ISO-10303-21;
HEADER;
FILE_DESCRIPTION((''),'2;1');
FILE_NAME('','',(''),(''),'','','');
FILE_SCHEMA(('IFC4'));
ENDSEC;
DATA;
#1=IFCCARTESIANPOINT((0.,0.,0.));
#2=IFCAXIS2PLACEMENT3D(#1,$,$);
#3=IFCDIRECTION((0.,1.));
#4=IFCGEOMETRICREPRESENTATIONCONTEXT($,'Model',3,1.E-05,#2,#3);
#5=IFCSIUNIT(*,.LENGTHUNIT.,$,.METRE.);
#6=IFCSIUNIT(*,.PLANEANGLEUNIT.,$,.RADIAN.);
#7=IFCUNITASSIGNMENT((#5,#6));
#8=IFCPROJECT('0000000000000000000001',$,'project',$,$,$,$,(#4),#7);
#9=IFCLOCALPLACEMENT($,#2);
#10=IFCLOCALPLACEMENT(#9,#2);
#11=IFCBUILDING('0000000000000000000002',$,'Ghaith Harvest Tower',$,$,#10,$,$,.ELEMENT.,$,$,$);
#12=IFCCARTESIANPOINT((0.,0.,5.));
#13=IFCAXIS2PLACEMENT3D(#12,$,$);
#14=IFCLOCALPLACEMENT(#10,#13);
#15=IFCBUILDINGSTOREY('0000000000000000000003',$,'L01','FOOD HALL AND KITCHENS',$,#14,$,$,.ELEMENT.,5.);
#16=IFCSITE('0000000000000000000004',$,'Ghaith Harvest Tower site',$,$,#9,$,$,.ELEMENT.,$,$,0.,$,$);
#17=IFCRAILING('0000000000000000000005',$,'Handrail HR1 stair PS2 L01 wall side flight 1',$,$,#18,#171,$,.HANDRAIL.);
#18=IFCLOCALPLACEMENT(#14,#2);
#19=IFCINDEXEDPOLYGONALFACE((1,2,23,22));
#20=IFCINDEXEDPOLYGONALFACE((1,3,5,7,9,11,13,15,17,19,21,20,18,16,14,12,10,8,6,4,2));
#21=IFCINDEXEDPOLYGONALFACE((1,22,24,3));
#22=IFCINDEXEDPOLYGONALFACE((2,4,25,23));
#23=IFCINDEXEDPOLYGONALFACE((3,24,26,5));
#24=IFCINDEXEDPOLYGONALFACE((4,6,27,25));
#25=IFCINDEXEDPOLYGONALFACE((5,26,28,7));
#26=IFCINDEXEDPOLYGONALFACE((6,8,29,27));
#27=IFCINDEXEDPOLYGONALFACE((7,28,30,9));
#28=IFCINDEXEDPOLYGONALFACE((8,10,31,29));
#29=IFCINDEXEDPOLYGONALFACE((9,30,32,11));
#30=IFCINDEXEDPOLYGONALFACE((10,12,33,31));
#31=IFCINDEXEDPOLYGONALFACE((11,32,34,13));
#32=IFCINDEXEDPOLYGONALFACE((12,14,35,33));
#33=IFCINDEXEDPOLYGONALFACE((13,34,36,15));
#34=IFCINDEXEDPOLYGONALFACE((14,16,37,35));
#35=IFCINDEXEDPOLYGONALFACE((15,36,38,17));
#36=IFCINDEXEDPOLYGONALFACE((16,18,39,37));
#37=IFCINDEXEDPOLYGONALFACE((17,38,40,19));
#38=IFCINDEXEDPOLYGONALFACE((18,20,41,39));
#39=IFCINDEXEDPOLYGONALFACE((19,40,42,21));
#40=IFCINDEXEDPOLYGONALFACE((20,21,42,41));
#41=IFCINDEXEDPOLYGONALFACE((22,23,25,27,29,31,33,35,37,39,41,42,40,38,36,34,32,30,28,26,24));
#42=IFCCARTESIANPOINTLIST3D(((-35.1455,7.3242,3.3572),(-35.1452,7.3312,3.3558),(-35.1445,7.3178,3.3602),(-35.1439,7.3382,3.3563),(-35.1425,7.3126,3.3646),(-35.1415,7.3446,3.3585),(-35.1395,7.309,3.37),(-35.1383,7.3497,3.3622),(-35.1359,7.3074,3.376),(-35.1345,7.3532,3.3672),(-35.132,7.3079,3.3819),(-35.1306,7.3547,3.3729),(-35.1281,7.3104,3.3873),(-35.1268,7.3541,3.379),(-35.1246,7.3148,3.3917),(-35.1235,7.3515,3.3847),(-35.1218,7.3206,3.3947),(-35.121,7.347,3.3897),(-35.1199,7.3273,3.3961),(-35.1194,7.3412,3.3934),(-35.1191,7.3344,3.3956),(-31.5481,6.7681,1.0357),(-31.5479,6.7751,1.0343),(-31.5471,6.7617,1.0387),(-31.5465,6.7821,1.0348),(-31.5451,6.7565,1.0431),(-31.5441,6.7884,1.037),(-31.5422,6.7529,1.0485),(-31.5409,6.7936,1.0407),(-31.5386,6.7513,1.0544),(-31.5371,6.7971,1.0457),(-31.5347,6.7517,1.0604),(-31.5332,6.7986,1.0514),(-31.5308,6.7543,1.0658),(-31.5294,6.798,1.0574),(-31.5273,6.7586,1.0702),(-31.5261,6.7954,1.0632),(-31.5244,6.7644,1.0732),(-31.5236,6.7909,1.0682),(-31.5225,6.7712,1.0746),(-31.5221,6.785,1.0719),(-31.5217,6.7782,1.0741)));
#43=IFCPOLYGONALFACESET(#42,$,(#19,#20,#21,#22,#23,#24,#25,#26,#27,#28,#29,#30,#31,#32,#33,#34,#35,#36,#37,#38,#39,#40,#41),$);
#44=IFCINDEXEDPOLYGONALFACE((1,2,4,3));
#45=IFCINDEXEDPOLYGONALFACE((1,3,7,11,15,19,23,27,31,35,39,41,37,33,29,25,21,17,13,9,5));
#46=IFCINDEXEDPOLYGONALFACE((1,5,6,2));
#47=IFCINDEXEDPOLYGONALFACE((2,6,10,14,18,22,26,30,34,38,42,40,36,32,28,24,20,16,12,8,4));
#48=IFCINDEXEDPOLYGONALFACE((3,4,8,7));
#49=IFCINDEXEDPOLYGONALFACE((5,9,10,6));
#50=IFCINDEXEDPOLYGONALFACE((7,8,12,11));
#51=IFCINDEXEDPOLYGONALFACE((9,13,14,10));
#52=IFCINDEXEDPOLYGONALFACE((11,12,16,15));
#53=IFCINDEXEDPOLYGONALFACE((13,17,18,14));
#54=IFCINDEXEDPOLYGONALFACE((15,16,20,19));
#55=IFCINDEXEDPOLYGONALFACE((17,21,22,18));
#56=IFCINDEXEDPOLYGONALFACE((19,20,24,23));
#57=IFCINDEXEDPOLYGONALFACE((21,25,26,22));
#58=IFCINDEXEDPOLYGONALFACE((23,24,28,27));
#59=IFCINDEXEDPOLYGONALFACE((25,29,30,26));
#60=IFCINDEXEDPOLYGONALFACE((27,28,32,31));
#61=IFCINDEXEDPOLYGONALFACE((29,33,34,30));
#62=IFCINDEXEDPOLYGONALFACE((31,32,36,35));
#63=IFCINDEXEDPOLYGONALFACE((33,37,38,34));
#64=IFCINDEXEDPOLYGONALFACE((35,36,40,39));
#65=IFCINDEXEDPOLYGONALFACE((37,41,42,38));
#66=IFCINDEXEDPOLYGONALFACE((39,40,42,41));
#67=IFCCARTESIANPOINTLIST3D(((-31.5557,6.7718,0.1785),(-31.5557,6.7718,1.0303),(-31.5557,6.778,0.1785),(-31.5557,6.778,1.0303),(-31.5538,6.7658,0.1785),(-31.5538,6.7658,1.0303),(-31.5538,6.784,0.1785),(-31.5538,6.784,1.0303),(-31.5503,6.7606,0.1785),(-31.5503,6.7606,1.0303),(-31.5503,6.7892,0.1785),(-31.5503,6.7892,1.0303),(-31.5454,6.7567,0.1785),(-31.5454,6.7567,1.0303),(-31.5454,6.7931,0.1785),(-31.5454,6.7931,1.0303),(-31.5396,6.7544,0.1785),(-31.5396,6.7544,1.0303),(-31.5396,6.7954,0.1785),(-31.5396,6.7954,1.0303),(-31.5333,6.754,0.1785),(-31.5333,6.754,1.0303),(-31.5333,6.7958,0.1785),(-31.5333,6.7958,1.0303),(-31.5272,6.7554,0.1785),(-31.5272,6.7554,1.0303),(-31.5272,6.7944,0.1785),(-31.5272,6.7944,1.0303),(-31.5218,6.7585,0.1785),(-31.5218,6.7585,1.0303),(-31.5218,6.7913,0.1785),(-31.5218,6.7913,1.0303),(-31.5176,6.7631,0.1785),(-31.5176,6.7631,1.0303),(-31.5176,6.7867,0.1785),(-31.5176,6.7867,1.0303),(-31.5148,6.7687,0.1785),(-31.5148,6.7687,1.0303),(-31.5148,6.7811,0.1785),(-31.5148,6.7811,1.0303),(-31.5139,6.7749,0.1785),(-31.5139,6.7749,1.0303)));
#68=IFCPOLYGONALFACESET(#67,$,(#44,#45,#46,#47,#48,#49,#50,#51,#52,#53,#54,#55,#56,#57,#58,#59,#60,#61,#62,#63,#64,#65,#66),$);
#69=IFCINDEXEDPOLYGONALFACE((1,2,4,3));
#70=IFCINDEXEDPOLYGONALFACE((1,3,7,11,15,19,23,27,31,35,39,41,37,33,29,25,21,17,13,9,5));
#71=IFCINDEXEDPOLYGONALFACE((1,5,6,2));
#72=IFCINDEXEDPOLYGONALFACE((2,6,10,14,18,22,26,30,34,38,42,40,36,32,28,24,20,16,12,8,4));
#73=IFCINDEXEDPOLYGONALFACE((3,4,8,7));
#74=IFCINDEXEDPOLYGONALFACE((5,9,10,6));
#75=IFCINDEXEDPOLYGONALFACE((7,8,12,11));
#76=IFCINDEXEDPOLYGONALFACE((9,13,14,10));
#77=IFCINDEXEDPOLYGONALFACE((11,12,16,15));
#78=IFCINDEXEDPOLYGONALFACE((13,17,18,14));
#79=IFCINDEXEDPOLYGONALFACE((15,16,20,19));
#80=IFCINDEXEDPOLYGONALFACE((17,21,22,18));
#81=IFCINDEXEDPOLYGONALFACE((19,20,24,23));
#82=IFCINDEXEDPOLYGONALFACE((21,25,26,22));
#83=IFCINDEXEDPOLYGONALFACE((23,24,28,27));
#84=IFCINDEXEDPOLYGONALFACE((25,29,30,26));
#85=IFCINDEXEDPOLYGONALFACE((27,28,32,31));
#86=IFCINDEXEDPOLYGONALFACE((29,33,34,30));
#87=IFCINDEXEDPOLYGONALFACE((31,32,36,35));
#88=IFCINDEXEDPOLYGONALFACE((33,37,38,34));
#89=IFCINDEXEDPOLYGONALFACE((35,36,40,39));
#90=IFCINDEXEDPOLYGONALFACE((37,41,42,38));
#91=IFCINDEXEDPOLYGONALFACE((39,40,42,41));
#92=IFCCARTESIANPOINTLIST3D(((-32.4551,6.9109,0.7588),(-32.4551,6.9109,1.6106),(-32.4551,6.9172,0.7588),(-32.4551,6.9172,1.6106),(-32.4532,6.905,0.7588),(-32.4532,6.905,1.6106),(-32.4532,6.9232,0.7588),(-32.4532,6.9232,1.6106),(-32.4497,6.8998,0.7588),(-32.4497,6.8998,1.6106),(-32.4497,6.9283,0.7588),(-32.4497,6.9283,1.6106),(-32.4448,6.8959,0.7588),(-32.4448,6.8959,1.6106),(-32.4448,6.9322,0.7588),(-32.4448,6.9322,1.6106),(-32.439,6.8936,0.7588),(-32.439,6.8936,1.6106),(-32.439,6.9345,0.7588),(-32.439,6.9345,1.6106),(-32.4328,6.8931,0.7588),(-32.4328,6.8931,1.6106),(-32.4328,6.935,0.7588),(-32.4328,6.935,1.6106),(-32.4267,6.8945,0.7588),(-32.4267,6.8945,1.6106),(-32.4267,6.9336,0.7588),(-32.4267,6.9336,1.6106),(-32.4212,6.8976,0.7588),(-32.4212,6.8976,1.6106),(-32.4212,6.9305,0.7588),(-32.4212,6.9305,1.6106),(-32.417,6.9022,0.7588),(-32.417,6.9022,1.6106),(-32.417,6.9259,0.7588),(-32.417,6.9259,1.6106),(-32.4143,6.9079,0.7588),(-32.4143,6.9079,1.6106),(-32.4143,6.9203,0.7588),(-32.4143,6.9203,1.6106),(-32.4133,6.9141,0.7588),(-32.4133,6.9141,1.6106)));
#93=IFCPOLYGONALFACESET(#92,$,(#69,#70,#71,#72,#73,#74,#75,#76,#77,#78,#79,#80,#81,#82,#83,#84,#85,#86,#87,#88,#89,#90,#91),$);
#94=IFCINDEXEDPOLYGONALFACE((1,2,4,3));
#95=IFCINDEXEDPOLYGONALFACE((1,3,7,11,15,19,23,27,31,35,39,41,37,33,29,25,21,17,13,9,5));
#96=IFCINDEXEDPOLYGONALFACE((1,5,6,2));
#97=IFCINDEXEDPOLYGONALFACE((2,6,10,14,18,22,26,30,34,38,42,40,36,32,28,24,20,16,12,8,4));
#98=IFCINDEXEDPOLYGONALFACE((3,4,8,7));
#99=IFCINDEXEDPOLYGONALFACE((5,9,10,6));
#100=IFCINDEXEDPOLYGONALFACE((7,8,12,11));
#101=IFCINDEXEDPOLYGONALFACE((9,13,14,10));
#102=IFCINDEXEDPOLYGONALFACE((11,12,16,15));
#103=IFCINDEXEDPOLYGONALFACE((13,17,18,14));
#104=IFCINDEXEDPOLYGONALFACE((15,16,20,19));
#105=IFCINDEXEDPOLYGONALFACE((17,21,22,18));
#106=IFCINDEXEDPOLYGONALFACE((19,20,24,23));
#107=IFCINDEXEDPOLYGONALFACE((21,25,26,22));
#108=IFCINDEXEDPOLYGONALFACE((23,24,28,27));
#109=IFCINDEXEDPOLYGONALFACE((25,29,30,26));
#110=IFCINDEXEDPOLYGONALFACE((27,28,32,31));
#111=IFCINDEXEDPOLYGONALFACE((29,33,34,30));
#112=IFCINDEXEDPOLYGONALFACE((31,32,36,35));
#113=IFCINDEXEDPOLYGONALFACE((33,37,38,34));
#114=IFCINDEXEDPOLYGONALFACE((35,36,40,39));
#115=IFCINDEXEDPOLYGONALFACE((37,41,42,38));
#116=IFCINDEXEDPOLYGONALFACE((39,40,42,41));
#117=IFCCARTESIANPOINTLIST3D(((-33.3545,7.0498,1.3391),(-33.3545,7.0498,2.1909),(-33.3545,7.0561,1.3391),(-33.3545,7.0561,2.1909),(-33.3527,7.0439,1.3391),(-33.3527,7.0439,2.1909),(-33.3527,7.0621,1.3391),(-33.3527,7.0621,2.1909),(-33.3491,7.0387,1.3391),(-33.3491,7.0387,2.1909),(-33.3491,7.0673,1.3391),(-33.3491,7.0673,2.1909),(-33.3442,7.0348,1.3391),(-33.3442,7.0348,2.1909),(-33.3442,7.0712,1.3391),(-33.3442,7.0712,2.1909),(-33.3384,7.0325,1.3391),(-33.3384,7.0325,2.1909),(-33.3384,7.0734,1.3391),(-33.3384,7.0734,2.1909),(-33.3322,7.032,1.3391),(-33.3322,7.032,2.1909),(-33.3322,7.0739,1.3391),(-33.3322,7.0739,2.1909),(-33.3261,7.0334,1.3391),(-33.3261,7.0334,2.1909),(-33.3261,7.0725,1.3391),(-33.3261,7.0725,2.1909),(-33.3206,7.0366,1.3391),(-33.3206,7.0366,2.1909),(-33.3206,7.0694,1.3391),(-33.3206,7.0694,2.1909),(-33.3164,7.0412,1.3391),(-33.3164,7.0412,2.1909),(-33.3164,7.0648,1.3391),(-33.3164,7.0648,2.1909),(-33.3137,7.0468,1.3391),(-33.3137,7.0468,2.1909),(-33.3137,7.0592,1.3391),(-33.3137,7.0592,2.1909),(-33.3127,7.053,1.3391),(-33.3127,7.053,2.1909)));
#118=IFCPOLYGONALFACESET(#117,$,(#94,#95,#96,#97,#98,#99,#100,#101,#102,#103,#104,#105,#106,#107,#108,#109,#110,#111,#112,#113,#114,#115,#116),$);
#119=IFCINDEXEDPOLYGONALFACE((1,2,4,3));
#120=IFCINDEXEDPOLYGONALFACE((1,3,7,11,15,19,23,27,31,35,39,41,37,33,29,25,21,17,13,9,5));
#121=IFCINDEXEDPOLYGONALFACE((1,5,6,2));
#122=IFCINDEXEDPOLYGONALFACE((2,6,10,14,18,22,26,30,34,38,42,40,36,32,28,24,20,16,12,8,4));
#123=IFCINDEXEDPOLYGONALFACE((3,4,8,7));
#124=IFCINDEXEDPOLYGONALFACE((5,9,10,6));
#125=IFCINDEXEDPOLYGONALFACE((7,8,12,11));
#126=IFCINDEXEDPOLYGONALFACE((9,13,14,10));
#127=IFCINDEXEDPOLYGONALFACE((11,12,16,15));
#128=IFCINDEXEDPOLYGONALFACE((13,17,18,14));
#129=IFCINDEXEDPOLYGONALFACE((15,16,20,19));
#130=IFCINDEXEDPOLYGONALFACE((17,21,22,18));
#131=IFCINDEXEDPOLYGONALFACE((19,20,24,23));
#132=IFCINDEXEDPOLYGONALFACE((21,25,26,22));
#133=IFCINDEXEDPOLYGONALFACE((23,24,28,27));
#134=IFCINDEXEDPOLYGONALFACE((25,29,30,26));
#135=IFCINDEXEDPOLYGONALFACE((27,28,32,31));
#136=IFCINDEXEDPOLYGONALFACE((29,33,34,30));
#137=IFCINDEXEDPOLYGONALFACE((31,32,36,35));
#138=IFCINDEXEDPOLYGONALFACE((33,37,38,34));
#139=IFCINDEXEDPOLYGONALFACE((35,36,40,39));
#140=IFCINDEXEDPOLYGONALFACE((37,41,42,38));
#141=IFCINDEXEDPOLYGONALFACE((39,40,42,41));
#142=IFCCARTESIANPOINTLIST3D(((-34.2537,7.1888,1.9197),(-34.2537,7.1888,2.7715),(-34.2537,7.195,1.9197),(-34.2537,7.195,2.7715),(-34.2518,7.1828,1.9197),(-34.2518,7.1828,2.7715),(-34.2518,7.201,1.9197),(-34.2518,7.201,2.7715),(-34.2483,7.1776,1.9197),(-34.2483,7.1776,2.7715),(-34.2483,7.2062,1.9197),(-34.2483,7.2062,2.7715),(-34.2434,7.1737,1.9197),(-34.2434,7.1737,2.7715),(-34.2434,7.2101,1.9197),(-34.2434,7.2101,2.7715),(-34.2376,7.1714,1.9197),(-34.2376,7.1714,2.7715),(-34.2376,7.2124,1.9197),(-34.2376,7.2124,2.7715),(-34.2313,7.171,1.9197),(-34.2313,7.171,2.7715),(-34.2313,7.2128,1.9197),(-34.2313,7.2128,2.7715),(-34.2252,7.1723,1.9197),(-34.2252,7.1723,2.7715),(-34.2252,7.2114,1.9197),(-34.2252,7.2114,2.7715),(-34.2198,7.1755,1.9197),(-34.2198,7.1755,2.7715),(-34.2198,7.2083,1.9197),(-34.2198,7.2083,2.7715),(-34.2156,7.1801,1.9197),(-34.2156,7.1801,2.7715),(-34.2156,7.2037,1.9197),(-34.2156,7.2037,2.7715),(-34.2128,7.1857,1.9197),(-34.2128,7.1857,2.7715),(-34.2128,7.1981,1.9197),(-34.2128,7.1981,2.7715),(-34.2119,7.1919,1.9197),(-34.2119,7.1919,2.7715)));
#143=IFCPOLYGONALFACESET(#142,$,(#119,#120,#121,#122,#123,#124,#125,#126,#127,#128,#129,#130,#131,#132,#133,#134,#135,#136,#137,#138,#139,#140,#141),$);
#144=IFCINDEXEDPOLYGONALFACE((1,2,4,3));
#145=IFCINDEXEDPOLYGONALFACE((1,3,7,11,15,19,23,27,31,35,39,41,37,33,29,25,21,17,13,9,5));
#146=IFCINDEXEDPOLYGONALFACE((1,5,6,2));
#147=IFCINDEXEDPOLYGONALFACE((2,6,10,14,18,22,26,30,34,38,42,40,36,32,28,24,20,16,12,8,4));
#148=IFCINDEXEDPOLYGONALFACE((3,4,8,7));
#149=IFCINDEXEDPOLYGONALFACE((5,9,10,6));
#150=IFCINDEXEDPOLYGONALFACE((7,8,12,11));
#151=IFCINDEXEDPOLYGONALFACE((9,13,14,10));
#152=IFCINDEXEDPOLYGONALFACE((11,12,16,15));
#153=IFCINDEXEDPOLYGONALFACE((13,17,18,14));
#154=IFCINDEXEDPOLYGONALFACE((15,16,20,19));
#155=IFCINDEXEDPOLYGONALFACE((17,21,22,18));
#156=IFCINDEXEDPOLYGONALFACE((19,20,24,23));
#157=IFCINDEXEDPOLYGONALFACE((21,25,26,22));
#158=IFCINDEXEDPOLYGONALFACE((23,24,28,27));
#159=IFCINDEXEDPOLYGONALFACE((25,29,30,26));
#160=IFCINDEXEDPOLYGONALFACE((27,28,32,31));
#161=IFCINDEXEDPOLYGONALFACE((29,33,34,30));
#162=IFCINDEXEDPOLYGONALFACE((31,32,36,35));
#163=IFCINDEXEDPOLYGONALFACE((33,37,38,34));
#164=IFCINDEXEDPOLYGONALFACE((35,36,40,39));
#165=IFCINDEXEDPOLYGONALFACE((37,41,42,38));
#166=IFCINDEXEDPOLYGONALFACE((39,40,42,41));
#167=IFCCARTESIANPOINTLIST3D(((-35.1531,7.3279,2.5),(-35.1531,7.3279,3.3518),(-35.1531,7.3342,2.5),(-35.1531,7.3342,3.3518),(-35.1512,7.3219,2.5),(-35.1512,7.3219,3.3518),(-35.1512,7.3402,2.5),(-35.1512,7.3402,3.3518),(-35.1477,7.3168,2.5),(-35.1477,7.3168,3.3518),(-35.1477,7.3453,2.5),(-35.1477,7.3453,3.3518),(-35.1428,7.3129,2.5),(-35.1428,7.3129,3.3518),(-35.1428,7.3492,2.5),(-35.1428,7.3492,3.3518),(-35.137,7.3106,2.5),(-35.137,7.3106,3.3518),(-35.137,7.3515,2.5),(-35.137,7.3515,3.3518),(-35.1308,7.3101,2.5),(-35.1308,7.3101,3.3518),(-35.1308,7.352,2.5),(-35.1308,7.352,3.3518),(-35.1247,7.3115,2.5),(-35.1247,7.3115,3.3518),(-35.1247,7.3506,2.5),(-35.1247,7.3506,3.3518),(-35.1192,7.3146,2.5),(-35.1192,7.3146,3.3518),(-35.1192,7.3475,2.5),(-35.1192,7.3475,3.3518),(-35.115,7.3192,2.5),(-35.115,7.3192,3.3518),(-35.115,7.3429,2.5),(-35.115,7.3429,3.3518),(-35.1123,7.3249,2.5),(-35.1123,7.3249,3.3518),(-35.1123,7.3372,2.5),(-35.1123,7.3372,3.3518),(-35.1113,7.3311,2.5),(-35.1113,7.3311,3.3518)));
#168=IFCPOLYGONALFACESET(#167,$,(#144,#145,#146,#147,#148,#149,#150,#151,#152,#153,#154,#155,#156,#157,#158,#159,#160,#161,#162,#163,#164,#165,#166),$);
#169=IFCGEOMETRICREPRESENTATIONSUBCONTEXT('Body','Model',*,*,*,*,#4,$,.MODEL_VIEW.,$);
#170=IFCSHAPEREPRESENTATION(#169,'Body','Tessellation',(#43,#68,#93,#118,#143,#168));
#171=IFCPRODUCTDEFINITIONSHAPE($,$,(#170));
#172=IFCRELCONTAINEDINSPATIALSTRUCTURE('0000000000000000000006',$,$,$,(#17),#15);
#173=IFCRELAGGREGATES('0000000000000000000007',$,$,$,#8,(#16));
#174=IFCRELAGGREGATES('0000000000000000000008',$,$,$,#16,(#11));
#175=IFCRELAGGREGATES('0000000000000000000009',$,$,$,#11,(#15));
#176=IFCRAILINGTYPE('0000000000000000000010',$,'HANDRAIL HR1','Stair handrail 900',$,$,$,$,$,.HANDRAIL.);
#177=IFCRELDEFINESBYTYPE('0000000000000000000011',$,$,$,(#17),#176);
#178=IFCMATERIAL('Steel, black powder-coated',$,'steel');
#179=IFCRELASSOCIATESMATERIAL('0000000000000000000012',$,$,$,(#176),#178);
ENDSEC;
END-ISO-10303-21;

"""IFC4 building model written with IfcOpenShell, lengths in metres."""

from ifc_helpers import new_model, si_unit, direction, frame, origin, origin_2d, place, context, subcontext, project, spatial, circle, extrude, material, type_object, element, save


model = new_model("IFC4")

# Units and contexts
model_context = context("Model", 3, precision=1e-05, world=origin(), true_north=direction((0.0, 1.0)))
body_context = subcontext(model_context, "Body", "Model", "MODEL_VIEW")
ifc_project = project(units=[si_unit("LENGTHUNIT", "METRE"), si_unit("PLANEANGLEUNIT", "RADIAN")], contexts=[model_context])

# Site, building, storey
site_placement = place(None, origin())
site = spatial("IfcSite", under=ifc_project, at=site_placement, Name="Ghaith Harvest Tower site", CompositionType="ELEMENT", RefElevation=0.0)
building_placement = place(site_placement, origin())
building = spatial("IfcBuilding", under=site, at=building_placement, Name="Ghaith Harvest Tower", CompositionType="ELEMENT")
storey_placement = place(building_placement, frame((0.0, 0.0, 5.0)))
storey = spatial("IfcBuildingStorey", under=building, at=storey_placement, Name="L01", Description="FOOD HALL AND KITCHENS", CompositionType="ELEMENT", Elevation=5.0)

# Railing
ifc_material_1 = material(Name="Steel, black powder-coated", Category="steel")
railing_type = type_object("IfcRailingType", Name="HANDRAIL HR1", Description="Stair handrail 900", PredefinedType="HANDRAIL", material=ifc_material_1)
railing_1_placement = place(storey_placement, frame((-31.5349, 6.7749, 0.1785)))
element("IfcRailing", 1, at=railing_1_placement, inside=storey, type_object=railing_type, Name="Handrail HR1 stair PS2 L01 wall side flight 1", PredefinedType="HANDRAIL", context=body_context, shape_type="SweptSolid", body=[
    extrude(circle(Radius=0.0239, at=origin_2d()), frame((0.0, 0.0, 0.876), z_axis=(-0.83323, 0.128816, 0.537712), x_axis=(-0.152783, -0.98826, 0.0)), (0.0, 0.0, 1.0), 4.3174),
    extrude(circle(Radius=0.021, at=origin_2d()), origin(), (0.0, 0.0, 1.0), 0.8518),
    extrude(circle(Radius=0.021, at=origin_2d()), frame((-0.8994, 0.1392, 0.5803)), (0.0, 0.0, 1.0), 0.8518),
    extrude(circle(Radius=0.021, at=origin_2d()), frame((-1.7988, 0.2781, 1.1606)), (0.0, 0.0, 1.0), 0.8518),
    extrude(circle(Radius=0.021, at=origin_2d()), frame((-2.698, 0.417, 1.7412)), (0.0, 0.0, 1.0), 0.8518),
    extrude(circle(Radius=0.021, at=origin_2d()), frame((-3.5974, 0.5562, 2.3215)), (0.0, 0.0, 1.0), 0.8518),
])

save(model, "model.ifc")
